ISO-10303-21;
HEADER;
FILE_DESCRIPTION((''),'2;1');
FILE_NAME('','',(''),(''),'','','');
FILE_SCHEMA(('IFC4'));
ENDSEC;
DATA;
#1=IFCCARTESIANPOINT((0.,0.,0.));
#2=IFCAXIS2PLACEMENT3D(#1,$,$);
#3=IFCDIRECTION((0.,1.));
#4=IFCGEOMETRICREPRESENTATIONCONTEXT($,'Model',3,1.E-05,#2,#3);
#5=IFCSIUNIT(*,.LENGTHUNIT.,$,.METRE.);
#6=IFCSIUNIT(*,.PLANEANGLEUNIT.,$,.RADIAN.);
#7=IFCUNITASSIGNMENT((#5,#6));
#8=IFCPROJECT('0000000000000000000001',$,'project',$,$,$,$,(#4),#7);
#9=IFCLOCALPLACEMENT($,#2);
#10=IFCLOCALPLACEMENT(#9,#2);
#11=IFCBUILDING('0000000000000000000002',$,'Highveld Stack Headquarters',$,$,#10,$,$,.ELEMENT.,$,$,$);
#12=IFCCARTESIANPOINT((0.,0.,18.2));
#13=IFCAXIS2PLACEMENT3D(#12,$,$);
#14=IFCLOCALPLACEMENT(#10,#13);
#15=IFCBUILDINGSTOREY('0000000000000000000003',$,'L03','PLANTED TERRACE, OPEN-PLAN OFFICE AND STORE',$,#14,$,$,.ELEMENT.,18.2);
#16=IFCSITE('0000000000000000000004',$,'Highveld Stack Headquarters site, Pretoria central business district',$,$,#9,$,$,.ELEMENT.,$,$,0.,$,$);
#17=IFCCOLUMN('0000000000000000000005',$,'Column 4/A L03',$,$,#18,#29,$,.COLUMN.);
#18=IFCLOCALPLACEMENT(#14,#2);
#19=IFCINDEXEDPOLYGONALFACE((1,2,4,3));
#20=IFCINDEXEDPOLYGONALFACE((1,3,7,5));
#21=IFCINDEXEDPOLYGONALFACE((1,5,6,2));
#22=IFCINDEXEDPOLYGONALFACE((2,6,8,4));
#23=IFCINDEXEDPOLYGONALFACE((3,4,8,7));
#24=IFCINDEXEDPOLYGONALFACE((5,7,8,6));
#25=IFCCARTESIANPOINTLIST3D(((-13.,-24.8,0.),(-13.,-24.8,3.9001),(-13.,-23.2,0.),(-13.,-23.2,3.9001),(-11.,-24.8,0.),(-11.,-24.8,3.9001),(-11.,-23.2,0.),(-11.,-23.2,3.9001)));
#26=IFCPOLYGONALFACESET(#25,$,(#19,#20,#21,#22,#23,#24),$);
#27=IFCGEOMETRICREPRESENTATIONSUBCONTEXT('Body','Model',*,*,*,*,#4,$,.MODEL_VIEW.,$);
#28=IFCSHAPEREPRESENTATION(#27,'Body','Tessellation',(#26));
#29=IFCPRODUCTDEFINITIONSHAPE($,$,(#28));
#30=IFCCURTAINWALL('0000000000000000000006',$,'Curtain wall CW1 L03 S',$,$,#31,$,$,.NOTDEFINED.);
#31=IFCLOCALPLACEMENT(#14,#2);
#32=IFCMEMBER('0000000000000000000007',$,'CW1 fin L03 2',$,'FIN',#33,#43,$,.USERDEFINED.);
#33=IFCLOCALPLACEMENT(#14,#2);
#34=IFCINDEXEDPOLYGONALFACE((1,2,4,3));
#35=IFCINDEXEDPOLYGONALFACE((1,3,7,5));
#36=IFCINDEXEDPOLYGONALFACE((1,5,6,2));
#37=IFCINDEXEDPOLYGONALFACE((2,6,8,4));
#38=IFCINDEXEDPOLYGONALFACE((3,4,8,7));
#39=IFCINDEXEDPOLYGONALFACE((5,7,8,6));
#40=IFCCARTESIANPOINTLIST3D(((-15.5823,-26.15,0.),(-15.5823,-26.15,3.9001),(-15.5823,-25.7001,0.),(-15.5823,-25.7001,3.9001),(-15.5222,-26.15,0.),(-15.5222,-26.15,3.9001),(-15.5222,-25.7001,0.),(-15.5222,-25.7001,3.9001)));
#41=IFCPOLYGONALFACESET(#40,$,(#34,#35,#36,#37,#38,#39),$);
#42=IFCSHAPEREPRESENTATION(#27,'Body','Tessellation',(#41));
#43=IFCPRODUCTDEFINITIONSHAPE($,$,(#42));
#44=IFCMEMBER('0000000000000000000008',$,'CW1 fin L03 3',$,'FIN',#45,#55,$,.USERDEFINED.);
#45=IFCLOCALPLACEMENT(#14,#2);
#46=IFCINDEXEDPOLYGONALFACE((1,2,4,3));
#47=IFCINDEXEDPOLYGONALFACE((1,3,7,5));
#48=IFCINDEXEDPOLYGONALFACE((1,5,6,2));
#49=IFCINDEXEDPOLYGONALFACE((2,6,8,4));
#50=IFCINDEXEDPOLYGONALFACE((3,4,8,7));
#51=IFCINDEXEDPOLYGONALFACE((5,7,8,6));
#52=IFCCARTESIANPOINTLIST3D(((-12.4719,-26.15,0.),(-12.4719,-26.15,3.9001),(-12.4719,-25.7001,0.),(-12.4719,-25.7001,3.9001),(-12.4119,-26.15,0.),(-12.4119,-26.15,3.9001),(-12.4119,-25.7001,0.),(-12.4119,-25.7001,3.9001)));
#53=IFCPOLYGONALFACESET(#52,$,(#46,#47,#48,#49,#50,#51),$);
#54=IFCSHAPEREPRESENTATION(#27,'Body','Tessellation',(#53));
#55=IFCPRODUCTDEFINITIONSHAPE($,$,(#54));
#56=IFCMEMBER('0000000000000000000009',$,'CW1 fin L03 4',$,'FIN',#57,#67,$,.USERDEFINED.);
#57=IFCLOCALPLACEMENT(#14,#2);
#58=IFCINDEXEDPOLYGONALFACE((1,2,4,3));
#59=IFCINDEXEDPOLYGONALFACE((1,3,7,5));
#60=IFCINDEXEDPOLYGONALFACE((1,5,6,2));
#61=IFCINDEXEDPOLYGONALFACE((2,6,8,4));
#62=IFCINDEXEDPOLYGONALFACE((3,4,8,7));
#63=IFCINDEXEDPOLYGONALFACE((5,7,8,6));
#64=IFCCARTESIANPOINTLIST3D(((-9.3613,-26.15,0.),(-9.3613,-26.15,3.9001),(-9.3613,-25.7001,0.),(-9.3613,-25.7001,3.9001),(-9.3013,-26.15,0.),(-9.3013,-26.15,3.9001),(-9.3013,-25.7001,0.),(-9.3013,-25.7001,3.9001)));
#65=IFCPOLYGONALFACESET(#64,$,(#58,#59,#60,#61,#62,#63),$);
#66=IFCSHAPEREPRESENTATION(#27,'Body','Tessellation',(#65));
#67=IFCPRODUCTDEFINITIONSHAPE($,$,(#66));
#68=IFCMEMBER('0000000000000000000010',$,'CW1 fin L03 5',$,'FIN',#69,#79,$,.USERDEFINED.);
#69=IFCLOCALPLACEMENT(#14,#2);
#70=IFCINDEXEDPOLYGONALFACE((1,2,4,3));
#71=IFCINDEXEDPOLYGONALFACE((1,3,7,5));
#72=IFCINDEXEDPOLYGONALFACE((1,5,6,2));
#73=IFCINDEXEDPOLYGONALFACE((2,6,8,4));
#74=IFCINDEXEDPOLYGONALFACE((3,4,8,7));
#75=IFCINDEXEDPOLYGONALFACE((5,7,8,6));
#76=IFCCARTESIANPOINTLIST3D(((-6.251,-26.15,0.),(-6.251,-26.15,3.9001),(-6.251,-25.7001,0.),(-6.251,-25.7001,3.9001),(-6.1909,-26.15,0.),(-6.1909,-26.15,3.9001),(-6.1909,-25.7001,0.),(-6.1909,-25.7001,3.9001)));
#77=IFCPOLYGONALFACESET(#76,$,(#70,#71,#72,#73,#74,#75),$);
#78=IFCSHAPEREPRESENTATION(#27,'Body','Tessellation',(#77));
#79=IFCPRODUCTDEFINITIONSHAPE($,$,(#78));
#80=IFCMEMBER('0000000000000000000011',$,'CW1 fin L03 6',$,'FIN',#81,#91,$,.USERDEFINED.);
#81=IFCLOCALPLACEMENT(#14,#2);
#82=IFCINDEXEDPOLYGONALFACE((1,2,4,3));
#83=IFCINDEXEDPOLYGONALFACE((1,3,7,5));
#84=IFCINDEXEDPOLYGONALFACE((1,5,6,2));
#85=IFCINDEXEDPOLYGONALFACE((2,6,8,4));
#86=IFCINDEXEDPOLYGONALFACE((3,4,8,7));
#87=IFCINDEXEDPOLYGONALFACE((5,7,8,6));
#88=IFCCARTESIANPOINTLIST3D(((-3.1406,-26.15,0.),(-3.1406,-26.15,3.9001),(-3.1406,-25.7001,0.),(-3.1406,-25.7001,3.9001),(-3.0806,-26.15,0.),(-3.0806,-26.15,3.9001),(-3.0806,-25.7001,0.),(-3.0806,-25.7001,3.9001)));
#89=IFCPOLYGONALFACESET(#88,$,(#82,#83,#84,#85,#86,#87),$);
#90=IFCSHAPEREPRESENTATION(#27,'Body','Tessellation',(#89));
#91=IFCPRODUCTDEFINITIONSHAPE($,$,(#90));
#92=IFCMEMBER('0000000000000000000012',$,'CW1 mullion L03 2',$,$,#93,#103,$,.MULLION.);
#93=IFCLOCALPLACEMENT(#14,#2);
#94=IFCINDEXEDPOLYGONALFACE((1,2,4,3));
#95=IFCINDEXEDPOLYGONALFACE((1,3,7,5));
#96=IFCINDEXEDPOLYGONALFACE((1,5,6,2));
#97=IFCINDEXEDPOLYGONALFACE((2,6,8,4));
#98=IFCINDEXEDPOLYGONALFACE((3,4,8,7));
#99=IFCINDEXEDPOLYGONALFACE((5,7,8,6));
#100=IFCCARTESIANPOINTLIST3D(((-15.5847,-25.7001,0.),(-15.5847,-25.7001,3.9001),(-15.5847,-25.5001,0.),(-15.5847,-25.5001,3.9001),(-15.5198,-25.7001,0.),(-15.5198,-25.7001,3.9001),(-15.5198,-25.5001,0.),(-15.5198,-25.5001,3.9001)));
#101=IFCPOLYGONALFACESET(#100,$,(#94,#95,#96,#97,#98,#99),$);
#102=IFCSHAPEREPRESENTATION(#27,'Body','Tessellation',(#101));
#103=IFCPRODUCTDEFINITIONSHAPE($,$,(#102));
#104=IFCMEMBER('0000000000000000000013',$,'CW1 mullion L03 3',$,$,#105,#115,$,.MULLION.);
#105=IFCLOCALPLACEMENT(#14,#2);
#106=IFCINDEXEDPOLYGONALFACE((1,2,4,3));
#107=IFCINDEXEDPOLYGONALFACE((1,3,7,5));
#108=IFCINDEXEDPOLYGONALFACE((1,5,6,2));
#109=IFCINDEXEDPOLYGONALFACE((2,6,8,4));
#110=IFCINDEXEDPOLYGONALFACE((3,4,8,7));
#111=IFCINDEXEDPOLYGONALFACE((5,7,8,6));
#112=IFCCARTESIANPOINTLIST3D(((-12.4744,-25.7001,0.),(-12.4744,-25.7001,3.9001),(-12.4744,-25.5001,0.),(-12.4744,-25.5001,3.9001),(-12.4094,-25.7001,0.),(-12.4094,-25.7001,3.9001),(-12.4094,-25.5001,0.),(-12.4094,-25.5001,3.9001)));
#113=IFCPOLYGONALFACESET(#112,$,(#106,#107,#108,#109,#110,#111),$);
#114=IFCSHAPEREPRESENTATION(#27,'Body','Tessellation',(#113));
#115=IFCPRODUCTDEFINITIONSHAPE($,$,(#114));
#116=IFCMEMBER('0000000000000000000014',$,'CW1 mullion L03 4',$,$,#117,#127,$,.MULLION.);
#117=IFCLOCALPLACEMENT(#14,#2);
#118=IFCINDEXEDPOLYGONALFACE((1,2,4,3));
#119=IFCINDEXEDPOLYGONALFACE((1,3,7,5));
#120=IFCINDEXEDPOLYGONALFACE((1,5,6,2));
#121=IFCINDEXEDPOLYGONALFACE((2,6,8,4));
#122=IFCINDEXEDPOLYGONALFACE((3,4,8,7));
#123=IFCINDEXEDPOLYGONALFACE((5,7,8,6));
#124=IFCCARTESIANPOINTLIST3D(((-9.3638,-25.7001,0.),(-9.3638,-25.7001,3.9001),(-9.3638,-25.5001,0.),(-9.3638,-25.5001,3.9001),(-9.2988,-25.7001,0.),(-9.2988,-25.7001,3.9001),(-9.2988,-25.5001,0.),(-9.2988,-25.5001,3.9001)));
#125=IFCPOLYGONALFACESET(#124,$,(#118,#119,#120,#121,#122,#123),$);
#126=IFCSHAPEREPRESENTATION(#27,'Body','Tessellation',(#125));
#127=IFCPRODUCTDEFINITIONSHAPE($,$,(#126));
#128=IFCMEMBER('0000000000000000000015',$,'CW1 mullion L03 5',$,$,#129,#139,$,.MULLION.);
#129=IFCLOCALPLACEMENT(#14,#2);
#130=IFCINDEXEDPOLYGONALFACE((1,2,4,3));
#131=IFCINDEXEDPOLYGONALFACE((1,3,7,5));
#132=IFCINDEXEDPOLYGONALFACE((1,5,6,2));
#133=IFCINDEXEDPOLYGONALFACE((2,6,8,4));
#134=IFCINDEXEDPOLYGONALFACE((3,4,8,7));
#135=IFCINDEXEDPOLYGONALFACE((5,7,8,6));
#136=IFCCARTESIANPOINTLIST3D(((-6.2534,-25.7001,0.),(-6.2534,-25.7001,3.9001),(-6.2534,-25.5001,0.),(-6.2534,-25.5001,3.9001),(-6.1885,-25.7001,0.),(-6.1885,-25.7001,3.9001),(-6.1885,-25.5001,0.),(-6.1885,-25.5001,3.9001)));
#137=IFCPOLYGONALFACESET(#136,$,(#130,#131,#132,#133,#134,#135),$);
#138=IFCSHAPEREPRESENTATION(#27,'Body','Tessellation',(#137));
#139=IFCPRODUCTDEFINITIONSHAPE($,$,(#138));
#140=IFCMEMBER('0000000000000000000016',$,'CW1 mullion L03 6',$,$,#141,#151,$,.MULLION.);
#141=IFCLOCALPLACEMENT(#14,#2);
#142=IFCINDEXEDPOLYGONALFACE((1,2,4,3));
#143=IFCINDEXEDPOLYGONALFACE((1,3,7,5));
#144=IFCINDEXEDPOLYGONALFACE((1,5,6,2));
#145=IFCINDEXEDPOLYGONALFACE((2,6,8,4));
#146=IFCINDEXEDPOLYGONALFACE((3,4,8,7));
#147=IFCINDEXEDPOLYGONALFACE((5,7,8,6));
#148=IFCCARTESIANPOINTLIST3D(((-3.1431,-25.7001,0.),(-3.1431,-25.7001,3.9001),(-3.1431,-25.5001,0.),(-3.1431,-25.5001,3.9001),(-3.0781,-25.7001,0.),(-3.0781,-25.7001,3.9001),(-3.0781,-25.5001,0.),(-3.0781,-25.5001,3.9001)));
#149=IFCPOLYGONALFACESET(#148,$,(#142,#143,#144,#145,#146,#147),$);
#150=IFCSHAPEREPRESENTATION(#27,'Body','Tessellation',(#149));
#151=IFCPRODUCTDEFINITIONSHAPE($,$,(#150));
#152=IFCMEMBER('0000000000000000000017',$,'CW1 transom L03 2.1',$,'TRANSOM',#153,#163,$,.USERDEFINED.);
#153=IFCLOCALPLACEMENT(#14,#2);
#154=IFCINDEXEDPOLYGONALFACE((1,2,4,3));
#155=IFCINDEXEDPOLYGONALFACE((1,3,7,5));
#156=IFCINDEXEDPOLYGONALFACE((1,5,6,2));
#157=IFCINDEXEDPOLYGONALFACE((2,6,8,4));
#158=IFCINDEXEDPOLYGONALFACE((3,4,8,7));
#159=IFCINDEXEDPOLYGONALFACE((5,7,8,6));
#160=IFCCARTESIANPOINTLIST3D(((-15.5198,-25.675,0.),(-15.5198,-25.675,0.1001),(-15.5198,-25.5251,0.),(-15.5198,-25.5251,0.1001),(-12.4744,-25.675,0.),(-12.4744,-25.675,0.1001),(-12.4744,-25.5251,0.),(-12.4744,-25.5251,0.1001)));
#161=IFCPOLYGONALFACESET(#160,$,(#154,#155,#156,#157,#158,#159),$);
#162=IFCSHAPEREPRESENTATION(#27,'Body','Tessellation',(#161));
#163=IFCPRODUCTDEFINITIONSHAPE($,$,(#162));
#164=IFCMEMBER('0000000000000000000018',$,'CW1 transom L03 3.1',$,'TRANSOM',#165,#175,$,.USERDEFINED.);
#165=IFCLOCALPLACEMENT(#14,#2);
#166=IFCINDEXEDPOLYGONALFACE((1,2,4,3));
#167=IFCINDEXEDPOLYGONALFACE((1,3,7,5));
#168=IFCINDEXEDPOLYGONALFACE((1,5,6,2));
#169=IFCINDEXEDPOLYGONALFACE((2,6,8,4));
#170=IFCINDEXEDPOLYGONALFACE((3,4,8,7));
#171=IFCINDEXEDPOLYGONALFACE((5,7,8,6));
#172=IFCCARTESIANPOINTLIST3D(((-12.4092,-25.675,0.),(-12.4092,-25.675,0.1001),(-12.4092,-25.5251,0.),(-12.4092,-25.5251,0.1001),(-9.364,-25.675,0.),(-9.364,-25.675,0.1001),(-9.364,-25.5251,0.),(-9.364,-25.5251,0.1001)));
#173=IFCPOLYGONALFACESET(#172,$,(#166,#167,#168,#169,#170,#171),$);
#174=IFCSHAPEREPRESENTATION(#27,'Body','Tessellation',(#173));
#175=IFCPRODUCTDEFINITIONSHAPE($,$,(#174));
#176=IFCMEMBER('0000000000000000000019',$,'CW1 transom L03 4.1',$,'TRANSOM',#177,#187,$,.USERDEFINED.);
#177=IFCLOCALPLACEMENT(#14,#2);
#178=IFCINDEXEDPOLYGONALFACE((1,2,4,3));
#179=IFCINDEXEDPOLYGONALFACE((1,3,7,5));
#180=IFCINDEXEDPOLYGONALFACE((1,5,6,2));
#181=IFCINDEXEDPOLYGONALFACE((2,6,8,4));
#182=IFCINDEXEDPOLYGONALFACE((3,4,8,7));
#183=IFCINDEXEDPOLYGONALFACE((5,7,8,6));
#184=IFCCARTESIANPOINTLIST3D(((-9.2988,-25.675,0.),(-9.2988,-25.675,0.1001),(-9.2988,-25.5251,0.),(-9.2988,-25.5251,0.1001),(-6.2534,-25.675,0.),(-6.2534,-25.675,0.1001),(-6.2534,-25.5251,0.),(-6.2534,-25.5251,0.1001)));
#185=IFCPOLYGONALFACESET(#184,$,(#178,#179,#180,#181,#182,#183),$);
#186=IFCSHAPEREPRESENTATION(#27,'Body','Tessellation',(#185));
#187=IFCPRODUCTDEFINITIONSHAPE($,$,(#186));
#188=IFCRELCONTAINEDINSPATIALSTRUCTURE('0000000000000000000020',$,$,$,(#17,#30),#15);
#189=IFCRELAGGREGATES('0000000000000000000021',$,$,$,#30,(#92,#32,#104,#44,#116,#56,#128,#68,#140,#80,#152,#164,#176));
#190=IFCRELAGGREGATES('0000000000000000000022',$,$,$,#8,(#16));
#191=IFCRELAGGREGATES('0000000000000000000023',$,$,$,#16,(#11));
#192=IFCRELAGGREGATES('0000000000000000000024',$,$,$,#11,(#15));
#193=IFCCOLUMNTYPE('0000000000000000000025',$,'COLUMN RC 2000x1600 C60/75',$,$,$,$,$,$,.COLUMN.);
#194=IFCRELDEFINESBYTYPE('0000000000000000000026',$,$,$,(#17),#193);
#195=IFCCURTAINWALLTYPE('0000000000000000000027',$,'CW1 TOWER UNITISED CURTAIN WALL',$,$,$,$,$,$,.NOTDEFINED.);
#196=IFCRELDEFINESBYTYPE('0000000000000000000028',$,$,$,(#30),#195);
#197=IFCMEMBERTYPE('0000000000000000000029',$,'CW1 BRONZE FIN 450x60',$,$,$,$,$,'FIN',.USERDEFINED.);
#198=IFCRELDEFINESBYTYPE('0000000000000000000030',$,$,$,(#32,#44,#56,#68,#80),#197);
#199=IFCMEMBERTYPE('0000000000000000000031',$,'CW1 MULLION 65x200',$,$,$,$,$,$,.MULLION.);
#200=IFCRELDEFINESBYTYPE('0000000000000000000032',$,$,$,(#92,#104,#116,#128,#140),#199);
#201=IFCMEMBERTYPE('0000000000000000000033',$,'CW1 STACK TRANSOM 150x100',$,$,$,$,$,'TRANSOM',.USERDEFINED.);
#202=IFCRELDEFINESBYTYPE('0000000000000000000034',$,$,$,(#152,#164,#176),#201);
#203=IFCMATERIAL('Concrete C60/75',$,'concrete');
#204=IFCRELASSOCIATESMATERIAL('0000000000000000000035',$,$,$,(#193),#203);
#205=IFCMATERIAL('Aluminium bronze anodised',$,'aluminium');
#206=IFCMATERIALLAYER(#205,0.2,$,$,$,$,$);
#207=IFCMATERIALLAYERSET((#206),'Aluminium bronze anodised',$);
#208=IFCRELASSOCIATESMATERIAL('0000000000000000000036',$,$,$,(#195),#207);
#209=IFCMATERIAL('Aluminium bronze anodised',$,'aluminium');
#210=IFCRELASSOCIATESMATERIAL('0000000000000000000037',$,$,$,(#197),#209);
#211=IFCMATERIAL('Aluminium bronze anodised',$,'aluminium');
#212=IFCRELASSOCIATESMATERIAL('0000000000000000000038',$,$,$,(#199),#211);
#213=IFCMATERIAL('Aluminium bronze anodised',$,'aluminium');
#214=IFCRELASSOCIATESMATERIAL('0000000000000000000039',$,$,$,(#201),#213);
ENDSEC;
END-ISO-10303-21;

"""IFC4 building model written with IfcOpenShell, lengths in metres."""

from ifc_helpers import new_model, si_unit, direction, frame, origin, origin_2d, place, context, subcontext, project, spatial, rectangle, extrude, material, layer, layer_set, material_profile, profile_set, type_object, element, aggregate, save


model = new_model("IFC4")

# Units and contexts
model_context = context("Model", 3, precision=1e-05, world=origin(), true_north=direction((0.0, 1.0)))
body_context = subcontext(model_context, "Body", "Model", "MODEL_VIEW")
ifc_project = project(units=[si_unit("LENGTHUNIT", "METRE"), si_unit("PLANEANGLEUNIT", "RADIAN")], contexts=[model_context])

# Site, building, storey
site_placement = place(None, origin())
site = spatial("IfcSite", under=ifc_project, at=site_placement, Name="Highveld Stack Headquarters site, Pretoria central business district", CompositionType="ELEMENT", RefElevation=0.0)
building_placement = place(site_placement, origin())
building = spatial("IfcBuilding", under=site, at=building_placement, Name="Highveld Stack Headquarters", CompositionType="ELEMENT")
storey_placement = place(building_placement, frame((0.0, 0.0, 18.2)))
storey = spatial("IfcBuildingStorey", under=building, at=storey_placement, Name="L03", Description="PLANTED TERRACE, OPEN-PLAN OFFICE AND STORE", CompositionType="ELEMENT", Elevation=18.2)

# Column
ifc_material_1 = material(Name="Concrete C60/75", Category="concrete")
ifc_material_profile_1 = material_profile(ifc_material_1, rectangle(XDim=2.0, YDim=1.6001, at=origin_2d()), Name="RC 2000x1600")
ifc_profile_set_1 = profile_set([ifc_material_profile_1], Name="Concrete C60/75")
column_type = type_object("IfcColumnType", Name="COLUMN RC 2000x1600 C60/75", PredefinedType="COLUMN", material=ifc_profile_set_1)
column_placement = place(storey_placement, frame((-12.0, -24.0, 0.0), z_axis=(0.0, 0.0, 1.0), x_axis=(1.0, 0.0, 0.0)))
element("IfcColumn", 1, at=column_placement, inside=storey, type_object=column_type, Name="Column 4/A L03", PredefinedType="COLUMN", context=body_context, shape_type="SweptSolid", body=[
    extrude(rectangle(XDim=2.0, YDim=1.6001, at=origin_2d()), origin(), (0.0, 0.0, 1.0), 3.9001),
])

# Curtain wall, members
ifc_material_2 = material(Name="Aluminium bronze anodised", Category="aluminium")
ifc_layer_1 = layer(ifc_material_2, 0.2)
ifc_layer_set_1 = layer_set([ifc_layer_1], Name="Aluminium bronze anodised")
curtain_wall_type = type_object("IfcCurtainWallType", Name="CW1 TOWER UNITISED CURTAIN WALL", PredefinedType="NOTDEFINED", material=ifc_layer_set_1)
curtain_wall_placement = place(storey_placement, origin())
curtain_wall = element("IfcCurtainWall", 2, at=curtain_wall_placement, inside=storey, type_object=curtain_wall_type, Name="Curtain wall CW1 L03 S", PredefinedType="NOTDEFINED")
ifc_material_3 = material(Name="Aluminium bronze anodised", Category="aluminium")
ifc_material_profile_2 = material_profile(ifc_material_3, rectangle(XDim=0.45, YDim=0.0601, at=origin_2d()), Name="FIN 450x60")
ifc_profile_set_2 = profile_set([ifc_material_profile_2], Name="Aluminium bronze anodised")
member_type_1 = type_object("IfcMemberType", Name="CW1 BRONZE FIN 450x60", ElementType="FIN", PredefinedType="USERDEFINED", material=ifc_profile_set_2)
member_1_placement = place(storey_placement, frame((-15.5522, -25.925, 0.0), z_axis=(0.0, 0.0, 1.0), x_axis=(0.0, 1.0, 0.0)))
member_1 = element("IfcMember", 3, at=member_1_placement, type_object=member_type_1, Name="CW1 fin L03 2", ObjectType="FIN", PredefinedType="USERDEFINED", context=body_context, shape_type="SweptSolid", body=[
    extrude(rectangle(XDim=0.45, YDim=0.0601, at=origin_2d()), origin(), (0.0, 0.0, 1.0), 3.9001),
])
member_2_placement = place(storey_placement, frame((-12.4419, -25.925, 0.0), z_axis=(0.0, 0.0, 1.0), x_axis=(0.0, 1.0, 0.0)))
member_2 = element("IfcMember", 4, at=member_2_placement, type_object=member_type_1, Name="CW1 fin L03 3", ObjectType="FIN", PredefinedType="USERDEFINED", context=body_context, shape_type="SweptSolid", body=[
    extrude(rectangle(XDim=0.45, YDim=0.0601, at=origin_2d()), origin(), (0.0, 0.0, 1.0), 3.9001),
])
member_3_placement = place(storey_placement, frame((-9.3313, -25.925, 0.0), z_axis=(0.0, 0.0, 1.0), x_axis=(0.0, 1.0, 0.0)))
member_3 = element("IfcMember", 5, at=member_3_placement, type_object=member_type_1, Name="CW1 fin L03 4", ObjectType="FIN", PredefinedType="USERDEFINED", context=body_context, shape_type="SweptSolid", body=[
    extrude(rectangle(XDim=0.45, YDim=0.0601, at=origin_2d()), origin(), (0.0, 0.0, 1.0), 3.9001),
])
member_4_placement = place(storey_placement, frame((-6.2209, -25.925, 0.0), z_axis=(0.0, 0.0, 1.0), x_axis=(0.0, 1.0, 0.0)))
member_4 = element("IfcMember", 6, at=member_4_placement, type_object=member_type_1, Name="CW1 fin L03 5", ObjectType="FIN", PredefinedType="USERDEFINED", context=body_context, shape_type="SweptSolid", body=[
    extrude(rectangle(XDim=0.45, YDim=0.0601, at=origin_2d()), origin(), (0.0, 0.0, 1.0), 3.9001),
])
member_5_placement = place(storey_placement, frame((-3.1106, -25.925, 0.0), z_axis=(0.0, 0.0, 1.0), x_axis=(0.0, 1.0, 0.0)))
member_5 = element("IfcMember", 7, at=member_5_placement, type_object=member_type_1, Name="CW1 fin L03 6", ObjectType="FIN", PredefinedType="USERDEFINED", context=body_context, shape_type="SweptSolid", body=[
    extrude(rectangle(XDim=0.45, YDim=0.0601, at=origin_2d()), origin(), (0.0, 0.0, 1.0), 3.9001),
])
ifc_material_4 = material(Name="Aluminium bronze anodised", Category="aluminium")
ifc_material_profile_3 = material_profile(ifc_material_4, rectangle(XDim=0.2, YDim=0.0649, at=origin_2d()), Name="CW1 MULLION 65x200")
ifc_profile_set_3 = profile_set([ifc_material_profile_3], Name="Aluminium bronze anodised")
member_type_2 = type_object("IfcMemberType", Name="CW1 MULLION 65x200", PredefinedType="MULLION", material=ifc_profile_set_3)
member_6_placement = place(storey_placement, frame((-15.5522, -25.6001, 0.0), z_axis=(0.0, 0.0, 1.0), x_axis=(0.0, 1.0, 0.0)))
member_6 = element("IfcMember", 8, at=member_6_placement, type_object=member_type_2, Name="CW1 mullion L03 2", PredefinedType="MULLION", context=body_context, shape_type="SweptSolid", body=[
    extrude(rectangle(XDim=0.2, YDim=0.0649, at=origin_2d()), origin(), (0.0, 0.0, 1.0), 3.9001),
])
member_7_placement = place(storey_placement, frame((-12.4419, -25.6001, 0.0), z_axis=(0.0, 0.0, 1.0), x_axis=(0.0, 1.0, 0.0)))
member_7 = element("IfcMember", 9, at=member_7_placement, type_object=member_type_2, Name="CW1 mullion L03 3", PredefinedType="MULLION", context=body_context, shape_type="SweptSolid", body=[
    extrude(rectangle(XDim=0.2, YDim=0.0649, at=origin_2d()), origin(), (0.0, 0.0, 1.0), 3.9001),
])
member_8_placement = place(storey_placement, frame((-9.3313, -25.6001, 0.0), z_axis=(0.0, 0.0, 1.0), x_axis=(0.0, 1.0, 0.0)))
member_8 = element("IfcMember", 10, at=member_8_placement, type_object=member_type_2, Name="CW1 mullion L03 4", PredefinedType="MULLION", context=body_context, shape_type="SweptSolid", body=[
    extrude(rectangle(XDim=0.2, YDim=0.0649, at=origin_2d()), origin(), (0.0, 0.0, 1.0), 3.9001),
])
member_9_placement = place(storey_placement, frame((-6.2209, -25.6001, 0.0), z_axis=(0.0, 0.0, 1.0), x_axis=(0.0, 1.0, 0.0)))
member_9 = element("IfcMember", 11, at=member_9_placement, type_object=member_type_2, Name="CW1 mullion L03 5", PredefinedType="MULLION", context=body_context, shape_type="SweptSolid", body=[
    extrude(rectangle(XDim=0.2, YDim=0.0649, at=origin_2d()), origin(), (0.0, 0.0, 1.0), 3.9001),
])
member_10_placement = place(storey_placement, frame((-3.1106, -25.6001, 0.0), z_axis=(0.0, 0.0, 1.0), x_axis=(0.0, 1.0, 0.0)))
member_10 = element("IfcMember", 12, at=member_10_placement, type_object=member_type_2, Name="CW1 mullion L03 6", PredefinedType="MULLION", context=body_context, shape_type="SweptSolid", body=[
    extrude(rectangle(XDim=0.2, YDim=0.0649, at=origin_2d()), origin(), (0.0, 0.0, 1.0), 3.9001),
])
ifc_material_5 = material(Name="Aluminium bronze anodised", Category="aluminium")
ifc_material_profile_4 = material_profile(ifc_material_5, rectangle(XDim=0.1499, YDim=0.1001, at=origin_2d()), Name="CW1 TRANSOM 150x100")
ifc_profile_set_4 = profile_set([ifc_material_profile_4], Name="Aluminium bronze anodised")
member_type_3 = type_object("IfcMemberType", Name="CW1 STACK TRANSOM 150x100", ElementType="TRANSOM", PredefinedType="USERDEFINED", material=ifc_profile_set_4)
member_11_placement = place(storey_placement, frame((-15.5198, -25.6001, 0.05), z_axis=(1.0, 0.0, 0.0), x_axis=(0.0, 1.0, 0.0)))
member_11 = element("IfcMember", 13, at=member_11_placement, type_object=member_type_3, Name="CW1 transom L03 2.1", ObjectType="TRANSOM", PredefinedType="USERDEFINED", context=body_context, shape_type="SweptSolid", body=[
    extrude(rectangle(XDim=0.1499, YDim=0.1001, at=origin_2d()), origin(), (0.0, 0.0, 1.0), 3.0454),
])
member_12_placement = place(storey_placement, frame((-12.4092, -25.6001, 0.05), z_axis=(1.0, 0.0, 0.0), x_axis=(0.0, 1.0, 0.0)))
member_12 = element("IfcMember", 14, at=member_12_placement, type_object=member_type_3, Name="CW1 transom L03 3.1", ObjectType="TRANSOM", PredefinedType="USERDEFINED", context=body_context, shape_type="SweptSolid", body=[
    extrude(rectangle(XDim=0.1499, YDim=0.1001, at=origin_2d()), origin(), (0.0, 0.0, 1.0), 3.0452),
])
member_13_placement = place(storey_placement, frame((-9.2988, -25.6001, 0.05), z_axis=(1.0, 0.0, 0.0), x_axis=(0.0, 1.0, 0.0)))
member_13 = element("IfcMember", 15, at=member_13_placement, type_object=member_type_3, Name="CW1 transom L03 4.1", ObjectType="TRANSOM", PredefinedType="USERDEFINED", context=body_context, shape_type="SweptSolid", body=[
    extrude(rectangle(XDim=0.1499, YDim=0.1001, at=origin_2d()), origin(), (0.0, 0.0, 1.0), 3.0454),
])

aggregate(curtain_wall, [member_6, member_1, member_7, member_2, member_8, member_3, member_9, member_4, member_10, member_5, member_11, member_12, member_13])

save(model, "model.ifc")
